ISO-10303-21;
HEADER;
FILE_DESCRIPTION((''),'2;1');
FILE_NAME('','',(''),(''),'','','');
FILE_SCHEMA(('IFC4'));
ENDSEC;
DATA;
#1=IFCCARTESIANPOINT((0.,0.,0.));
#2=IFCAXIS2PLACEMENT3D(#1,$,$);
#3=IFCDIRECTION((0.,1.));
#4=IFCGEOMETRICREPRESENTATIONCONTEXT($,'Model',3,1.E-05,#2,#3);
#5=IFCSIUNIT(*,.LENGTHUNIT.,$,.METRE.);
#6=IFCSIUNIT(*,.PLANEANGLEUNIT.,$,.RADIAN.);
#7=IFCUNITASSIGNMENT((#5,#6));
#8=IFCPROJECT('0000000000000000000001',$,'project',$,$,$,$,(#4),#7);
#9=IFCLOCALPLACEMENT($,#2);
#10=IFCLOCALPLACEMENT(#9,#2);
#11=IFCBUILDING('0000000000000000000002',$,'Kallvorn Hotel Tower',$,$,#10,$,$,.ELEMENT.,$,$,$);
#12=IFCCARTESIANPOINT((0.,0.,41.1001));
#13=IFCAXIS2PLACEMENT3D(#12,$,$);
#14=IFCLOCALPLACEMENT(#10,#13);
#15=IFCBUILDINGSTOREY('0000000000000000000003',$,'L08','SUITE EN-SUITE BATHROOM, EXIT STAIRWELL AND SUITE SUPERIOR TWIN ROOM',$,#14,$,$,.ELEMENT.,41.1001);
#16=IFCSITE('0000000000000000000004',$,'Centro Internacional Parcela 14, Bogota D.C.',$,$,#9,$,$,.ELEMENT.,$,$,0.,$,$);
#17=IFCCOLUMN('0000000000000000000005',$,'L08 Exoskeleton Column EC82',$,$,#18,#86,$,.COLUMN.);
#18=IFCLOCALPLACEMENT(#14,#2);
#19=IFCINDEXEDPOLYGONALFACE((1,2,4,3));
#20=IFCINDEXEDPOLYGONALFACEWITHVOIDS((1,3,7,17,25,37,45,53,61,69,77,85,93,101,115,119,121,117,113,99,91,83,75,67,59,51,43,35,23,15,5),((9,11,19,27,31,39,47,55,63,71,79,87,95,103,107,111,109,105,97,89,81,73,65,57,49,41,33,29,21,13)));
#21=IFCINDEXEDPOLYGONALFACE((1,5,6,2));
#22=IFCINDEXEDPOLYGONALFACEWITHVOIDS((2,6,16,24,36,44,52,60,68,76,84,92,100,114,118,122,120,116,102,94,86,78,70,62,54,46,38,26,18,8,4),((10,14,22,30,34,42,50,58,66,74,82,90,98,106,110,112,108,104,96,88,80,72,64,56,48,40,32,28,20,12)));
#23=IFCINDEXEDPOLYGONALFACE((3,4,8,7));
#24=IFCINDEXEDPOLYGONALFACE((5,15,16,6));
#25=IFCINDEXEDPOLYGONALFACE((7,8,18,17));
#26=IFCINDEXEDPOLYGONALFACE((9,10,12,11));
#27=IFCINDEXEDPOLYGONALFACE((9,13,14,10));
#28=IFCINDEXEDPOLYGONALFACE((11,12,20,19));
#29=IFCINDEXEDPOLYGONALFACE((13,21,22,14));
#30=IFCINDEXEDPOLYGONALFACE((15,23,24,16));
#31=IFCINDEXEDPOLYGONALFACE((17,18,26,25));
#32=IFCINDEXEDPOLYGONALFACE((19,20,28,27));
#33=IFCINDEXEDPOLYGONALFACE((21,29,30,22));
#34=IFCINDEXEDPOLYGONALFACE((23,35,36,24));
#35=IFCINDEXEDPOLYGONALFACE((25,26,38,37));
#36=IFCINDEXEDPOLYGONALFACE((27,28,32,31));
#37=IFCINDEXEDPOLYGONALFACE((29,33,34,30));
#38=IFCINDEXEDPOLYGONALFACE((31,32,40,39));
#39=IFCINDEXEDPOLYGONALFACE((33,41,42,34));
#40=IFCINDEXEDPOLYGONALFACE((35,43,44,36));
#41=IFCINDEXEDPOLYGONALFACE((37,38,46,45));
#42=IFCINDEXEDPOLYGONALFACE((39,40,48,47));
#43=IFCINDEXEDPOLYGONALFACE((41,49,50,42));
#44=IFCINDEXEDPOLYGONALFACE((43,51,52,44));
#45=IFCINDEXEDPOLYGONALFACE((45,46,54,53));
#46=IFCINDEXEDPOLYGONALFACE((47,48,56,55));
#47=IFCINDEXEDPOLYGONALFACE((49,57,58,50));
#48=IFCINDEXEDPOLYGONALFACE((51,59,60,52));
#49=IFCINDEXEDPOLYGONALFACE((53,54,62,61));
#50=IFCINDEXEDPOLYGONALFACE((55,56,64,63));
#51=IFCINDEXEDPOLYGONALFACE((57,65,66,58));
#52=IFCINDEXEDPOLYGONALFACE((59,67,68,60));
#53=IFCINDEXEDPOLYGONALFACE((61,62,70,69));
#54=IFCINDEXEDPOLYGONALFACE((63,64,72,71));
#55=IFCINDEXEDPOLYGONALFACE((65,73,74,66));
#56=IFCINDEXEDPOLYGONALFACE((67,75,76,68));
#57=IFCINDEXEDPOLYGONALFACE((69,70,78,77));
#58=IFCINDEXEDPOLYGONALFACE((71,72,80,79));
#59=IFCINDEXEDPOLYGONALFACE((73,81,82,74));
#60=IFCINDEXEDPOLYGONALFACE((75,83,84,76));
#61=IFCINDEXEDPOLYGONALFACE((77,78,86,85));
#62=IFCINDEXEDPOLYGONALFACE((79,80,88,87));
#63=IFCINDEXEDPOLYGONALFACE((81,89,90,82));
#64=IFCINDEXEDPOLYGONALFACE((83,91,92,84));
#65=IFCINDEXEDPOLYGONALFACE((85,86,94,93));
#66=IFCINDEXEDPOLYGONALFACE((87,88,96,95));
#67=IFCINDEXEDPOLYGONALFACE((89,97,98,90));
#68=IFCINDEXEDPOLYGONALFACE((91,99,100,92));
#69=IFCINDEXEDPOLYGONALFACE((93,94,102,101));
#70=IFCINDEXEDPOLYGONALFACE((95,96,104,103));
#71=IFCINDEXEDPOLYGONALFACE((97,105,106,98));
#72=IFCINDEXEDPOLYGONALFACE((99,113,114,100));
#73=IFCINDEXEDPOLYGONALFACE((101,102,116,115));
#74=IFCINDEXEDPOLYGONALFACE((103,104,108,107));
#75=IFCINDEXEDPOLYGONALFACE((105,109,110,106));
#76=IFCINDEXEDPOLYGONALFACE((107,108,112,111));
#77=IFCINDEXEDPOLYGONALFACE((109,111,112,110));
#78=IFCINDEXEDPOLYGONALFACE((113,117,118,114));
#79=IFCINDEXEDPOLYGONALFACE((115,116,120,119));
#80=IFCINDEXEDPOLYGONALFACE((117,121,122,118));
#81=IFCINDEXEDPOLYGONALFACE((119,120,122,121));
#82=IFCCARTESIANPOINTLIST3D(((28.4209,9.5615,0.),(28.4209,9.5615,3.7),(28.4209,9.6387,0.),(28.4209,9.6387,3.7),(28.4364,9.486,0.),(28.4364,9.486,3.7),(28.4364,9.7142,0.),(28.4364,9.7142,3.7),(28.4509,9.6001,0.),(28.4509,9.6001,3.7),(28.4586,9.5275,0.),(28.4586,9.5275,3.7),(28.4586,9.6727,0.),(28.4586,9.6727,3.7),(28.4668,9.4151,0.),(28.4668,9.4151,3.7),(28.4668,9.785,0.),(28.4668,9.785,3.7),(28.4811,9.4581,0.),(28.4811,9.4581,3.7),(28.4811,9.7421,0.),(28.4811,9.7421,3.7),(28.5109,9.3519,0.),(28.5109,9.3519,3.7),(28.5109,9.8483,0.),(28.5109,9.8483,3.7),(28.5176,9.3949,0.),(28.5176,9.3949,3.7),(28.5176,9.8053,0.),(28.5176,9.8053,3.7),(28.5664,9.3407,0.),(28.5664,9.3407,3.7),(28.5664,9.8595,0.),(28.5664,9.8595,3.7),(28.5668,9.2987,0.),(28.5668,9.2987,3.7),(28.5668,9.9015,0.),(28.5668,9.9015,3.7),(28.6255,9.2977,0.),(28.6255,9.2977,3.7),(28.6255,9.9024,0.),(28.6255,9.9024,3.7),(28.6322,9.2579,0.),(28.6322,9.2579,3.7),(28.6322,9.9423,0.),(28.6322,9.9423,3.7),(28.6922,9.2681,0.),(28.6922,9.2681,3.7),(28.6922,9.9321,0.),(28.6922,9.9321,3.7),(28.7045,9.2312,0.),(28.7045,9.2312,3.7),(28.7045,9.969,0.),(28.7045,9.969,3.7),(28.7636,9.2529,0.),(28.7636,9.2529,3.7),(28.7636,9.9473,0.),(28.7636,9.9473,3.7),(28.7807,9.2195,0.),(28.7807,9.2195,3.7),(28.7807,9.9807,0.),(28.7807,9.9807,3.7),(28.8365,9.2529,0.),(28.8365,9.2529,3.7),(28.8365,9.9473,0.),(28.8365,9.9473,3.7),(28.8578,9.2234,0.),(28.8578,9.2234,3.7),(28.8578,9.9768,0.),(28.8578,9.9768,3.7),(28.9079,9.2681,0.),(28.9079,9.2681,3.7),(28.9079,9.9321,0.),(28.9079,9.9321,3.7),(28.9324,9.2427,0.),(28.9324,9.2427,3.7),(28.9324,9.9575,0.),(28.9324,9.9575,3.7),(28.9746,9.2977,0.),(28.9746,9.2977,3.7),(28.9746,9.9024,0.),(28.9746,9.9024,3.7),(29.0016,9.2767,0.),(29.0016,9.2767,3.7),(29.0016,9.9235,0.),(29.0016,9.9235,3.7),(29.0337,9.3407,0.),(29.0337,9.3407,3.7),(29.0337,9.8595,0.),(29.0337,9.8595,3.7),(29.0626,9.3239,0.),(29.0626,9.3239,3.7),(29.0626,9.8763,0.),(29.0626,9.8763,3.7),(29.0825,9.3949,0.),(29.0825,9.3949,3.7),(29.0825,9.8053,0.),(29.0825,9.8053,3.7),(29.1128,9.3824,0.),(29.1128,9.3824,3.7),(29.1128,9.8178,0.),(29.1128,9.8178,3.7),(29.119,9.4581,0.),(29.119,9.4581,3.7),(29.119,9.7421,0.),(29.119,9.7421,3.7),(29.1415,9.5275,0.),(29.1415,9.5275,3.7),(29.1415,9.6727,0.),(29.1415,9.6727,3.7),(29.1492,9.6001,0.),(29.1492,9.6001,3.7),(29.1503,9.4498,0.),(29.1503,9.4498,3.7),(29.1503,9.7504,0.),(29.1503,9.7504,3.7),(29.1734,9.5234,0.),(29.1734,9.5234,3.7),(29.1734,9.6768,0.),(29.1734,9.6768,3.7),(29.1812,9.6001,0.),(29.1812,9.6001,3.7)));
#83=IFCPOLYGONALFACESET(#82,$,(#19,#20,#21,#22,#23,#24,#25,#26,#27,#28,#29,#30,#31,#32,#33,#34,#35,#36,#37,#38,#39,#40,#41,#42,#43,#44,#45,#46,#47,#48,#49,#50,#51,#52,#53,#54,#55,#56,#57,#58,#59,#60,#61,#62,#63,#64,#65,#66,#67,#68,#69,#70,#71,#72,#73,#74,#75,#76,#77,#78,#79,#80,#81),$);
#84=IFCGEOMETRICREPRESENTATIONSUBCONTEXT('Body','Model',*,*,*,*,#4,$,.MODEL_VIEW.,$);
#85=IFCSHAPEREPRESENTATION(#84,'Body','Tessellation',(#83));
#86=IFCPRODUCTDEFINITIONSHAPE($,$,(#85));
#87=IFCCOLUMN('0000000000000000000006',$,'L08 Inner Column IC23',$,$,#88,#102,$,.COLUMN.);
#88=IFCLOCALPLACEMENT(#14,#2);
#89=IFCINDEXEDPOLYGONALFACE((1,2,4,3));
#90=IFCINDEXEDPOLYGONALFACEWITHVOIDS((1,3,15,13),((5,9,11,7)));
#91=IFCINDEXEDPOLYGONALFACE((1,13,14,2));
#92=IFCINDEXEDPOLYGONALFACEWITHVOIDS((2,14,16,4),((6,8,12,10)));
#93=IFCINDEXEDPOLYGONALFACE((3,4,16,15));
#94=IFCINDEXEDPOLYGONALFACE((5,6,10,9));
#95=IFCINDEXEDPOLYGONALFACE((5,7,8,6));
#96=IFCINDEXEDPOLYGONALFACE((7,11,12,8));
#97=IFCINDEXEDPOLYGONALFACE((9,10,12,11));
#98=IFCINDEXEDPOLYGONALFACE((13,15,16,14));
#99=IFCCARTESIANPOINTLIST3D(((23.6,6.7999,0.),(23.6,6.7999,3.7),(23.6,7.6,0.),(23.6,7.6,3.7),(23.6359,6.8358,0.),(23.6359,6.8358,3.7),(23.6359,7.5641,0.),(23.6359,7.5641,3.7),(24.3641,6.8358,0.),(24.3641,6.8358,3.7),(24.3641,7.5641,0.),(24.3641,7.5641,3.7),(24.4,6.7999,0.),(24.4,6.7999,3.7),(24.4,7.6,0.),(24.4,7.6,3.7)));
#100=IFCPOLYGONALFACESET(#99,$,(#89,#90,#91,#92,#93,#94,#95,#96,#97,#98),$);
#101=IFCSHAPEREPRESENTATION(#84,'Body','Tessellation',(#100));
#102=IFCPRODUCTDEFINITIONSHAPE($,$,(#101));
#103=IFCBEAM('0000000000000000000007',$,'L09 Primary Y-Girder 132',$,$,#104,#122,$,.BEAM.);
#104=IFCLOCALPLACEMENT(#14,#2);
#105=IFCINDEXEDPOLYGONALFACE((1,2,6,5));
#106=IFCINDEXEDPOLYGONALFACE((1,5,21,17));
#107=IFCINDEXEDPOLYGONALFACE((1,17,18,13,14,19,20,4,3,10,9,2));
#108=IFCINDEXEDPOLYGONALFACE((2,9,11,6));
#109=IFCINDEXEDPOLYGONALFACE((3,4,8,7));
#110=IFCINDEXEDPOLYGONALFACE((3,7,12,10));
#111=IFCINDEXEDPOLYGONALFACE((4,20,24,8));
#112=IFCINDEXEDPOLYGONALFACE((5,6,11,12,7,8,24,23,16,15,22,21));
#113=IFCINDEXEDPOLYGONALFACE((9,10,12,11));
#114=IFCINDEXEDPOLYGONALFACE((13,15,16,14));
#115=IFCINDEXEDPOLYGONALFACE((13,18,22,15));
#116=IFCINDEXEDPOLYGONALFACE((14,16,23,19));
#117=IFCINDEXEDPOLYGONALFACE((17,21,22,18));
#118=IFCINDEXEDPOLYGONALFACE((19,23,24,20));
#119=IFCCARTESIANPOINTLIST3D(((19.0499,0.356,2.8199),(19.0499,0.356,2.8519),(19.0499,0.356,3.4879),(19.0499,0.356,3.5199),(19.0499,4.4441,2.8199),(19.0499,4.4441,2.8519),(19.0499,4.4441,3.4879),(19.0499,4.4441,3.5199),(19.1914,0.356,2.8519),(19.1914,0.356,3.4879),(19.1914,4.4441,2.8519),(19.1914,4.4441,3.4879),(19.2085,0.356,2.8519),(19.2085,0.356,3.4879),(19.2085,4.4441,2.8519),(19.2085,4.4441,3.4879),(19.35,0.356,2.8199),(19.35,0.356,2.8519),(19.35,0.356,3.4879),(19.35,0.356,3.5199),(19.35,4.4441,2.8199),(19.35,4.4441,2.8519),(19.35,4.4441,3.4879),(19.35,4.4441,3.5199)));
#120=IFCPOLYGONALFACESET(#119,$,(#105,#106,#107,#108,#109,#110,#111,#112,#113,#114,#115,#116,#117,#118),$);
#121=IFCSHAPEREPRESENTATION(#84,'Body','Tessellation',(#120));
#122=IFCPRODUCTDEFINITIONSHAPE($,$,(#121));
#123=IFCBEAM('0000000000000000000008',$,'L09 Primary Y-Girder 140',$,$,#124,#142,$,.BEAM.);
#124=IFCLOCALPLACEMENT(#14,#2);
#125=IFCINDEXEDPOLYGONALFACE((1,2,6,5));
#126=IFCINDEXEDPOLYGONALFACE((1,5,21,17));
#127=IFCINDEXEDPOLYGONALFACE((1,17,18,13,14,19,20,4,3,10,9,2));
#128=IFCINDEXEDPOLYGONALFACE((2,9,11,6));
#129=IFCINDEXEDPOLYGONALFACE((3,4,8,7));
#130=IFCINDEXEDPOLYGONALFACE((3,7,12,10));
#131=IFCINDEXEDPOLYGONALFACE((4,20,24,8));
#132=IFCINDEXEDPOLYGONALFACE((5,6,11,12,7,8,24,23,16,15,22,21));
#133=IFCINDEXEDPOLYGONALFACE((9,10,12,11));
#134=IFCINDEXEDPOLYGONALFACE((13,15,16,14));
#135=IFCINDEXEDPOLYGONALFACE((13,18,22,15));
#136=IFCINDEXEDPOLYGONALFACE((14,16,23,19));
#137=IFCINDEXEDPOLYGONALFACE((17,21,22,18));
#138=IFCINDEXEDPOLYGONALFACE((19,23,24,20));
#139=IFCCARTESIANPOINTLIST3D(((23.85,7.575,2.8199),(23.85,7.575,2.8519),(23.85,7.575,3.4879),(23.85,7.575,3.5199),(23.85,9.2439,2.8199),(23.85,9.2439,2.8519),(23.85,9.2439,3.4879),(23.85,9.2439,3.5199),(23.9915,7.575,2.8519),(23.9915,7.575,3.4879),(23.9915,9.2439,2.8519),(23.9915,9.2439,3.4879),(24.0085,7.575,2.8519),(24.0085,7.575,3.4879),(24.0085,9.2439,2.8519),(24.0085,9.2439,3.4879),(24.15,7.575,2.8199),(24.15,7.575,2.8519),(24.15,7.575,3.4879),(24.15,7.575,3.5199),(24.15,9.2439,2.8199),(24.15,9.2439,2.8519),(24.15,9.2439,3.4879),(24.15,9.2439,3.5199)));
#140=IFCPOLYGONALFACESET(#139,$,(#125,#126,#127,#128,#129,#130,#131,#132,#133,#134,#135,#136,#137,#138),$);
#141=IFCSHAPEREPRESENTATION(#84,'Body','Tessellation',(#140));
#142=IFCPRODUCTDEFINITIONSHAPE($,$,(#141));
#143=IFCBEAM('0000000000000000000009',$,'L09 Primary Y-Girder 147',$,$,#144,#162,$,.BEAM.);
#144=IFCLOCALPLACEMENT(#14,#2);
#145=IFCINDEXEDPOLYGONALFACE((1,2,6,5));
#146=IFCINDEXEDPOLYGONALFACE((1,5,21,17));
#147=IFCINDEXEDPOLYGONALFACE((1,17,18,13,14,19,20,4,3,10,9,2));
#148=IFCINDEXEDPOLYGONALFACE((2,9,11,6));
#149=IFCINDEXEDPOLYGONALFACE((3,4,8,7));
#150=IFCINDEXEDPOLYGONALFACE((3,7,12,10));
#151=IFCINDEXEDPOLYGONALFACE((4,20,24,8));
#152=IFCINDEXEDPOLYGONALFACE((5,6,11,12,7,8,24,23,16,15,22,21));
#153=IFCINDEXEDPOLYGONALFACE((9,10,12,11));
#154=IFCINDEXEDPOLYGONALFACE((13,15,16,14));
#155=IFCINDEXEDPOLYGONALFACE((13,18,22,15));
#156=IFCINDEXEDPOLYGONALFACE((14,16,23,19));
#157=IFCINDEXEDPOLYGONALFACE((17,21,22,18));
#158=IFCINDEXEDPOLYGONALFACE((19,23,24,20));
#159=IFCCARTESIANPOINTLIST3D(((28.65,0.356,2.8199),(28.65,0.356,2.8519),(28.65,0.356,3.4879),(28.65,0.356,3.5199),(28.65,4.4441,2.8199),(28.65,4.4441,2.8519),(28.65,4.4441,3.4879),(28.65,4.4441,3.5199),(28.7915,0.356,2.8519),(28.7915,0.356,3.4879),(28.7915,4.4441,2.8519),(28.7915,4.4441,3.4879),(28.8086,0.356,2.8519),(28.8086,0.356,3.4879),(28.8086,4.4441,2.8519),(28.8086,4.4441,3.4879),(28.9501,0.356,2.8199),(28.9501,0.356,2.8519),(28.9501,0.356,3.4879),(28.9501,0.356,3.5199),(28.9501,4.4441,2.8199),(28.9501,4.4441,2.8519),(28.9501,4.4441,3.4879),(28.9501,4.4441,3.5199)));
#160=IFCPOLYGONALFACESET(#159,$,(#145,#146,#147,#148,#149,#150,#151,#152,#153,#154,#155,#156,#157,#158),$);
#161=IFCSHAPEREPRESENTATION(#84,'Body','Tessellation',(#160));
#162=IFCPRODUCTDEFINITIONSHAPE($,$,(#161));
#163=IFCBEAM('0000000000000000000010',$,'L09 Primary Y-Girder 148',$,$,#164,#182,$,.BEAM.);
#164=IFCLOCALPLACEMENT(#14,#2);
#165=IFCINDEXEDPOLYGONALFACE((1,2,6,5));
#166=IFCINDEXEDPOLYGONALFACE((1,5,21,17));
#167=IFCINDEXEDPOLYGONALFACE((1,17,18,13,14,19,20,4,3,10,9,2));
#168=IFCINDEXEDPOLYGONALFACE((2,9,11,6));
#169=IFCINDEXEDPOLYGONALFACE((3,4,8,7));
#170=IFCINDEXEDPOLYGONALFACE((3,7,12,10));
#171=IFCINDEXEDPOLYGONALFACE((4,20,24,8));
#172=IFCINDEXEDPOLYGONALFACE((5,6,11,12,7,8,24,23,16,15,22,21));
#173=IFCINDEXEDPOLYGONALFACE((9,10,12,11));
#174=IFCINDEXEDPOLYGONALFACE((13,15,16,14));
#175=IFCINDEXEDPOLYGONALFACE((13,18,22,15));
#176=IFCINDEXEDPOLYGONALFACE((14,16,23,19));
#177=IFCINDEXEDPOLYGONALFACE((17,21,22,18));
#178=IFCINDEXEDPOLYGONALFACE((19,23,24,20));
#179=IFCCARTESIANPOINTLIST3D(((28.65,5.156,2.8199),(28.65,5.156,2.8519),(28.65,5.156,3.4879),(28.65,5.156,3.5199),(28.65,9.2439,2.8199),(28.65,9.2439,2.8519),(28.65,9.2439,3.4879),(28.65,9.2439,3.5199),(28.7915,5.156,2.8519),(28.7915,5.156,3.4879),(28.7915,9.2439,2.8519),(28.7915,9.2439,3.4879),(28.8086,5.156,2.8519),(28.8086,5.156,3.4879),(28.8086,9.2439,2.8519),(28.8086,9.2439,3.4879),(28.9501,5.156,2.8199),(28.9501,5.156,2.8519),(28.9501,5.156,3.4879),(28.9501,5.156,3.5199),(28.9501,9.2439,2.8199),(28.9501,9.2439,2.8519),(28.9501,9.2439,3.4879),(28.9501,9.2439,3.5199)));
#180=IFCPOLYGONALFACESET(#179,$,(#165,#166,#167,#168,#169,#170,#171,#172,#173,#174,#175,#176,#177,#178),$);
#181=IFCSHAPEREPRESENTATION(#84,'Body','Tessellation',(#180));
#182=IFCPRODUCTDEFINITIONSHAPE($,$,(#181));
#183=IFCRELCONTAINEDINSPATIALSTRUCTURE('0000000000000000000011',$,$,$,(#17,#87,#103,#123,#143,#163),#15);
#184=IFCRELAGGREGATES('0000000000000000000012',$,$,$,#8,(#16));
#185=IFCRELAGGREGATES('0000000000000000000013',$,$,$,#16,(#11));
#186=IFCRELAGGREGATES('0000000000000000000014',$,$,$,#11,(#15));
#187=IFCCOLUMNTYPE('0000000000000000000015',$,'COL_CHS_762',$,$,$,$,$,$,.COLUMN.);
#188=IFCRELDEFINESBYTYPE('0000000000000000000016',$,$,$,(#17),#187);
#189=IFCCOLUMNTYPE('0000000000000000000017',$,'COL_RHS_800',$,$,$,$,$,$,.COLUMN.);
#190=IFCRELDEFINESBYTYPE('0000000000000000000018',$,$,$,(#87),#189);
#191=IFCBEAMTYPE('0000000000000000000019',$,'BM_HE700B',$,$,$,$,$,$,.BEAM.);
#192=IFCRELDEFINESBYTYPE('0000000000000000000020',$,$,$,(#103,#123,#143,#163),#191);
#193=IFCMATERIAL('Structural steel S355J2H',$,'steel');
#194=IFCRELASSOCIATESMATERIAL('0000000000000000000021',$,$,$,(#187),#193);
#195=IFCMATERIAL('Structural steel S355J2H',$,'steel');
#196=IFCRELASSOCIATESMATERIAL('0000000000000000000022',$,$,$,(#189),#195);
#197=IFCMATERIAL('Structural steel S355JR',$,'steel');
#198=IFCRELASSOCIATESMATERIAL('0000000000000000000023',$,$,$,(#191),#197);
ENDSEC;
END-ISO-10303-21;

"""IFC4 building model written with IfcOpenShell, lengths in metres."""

from ifc_helpers import new_model, si_unit, direction, frame, origin, origin_2d, place, context, subcontext, project, spatial, hollow_rectangle, hollow_circle, i_section, extrude, material, material_profile, profile_set, type_object, element, save


model = new_model("IFC4")

# Units and contexts
model_context = context("Model", 3, precision=1e-05, world=origin(), true_north=direction((0.0, 1.0)))
body_context = subcontext(model_context, "Body", "Model", "MODEL_VIEW")
ifc_project = project(units=[si_unit("LENGTHUNIT", "METRE"), si_unit("PLANEANGLEUNIT", "RADIAN")], contexts=[model_context])

# Site, building, storey
site_placement = place(None, origin())
site = spatial("IfcSite", under=ifc_project, at=site_placement, Name="Centro Internacional Parcela 14, Bogota D.C.", CompositionType="ELEMENT", RefElevation=0.0)
building_placement = place(site_placement, origin())
building = spatial("IfcBuilding", under=site, at=building_placement, Name="Kallvorn Hotel Tower", CompositionType="ELEMENT")
storey_placement = place(building_placement, frame((0.0, 0.0, 41.1001)))
storey = spatial("IfcBuildingStorey", under=building, at=storey_placement, Name="L08", Description="SUITE EN-SUITE BATHROOM, EXIT STAIRWELL AND SUITE SUPERIOR TWIN ROOM", CompositionType="ELEMENT", Elevation=41.1001)

# Columns
ifc_material_1 = material(Name="Structural steel S355J2H", Category="steel")
ifc_material_profile_1 = material_profile(ifc_material_1, hollow_circle(Radius=0.3811, WallThickness=0.032, at=origin_2d()), Name="CHS 762x32")
ifc_profile_set_1 = profile_set([ifc_material_profile_1], Name="Structural steel S355J2H")
column_type_1 = type_object("IfcColumnType", Name="COL_CHS_762", PredefinedType="COLUMN", material=ifc_profile_set_1)
for number, where, z_axis, x_axis, name in (
    (1, (28.8, 9.6001, 0.0), (0.0, 0.0, 1.0), (1.0, 0.0, 0.0), "L08 Exoskeleton Column EC82"),
):
    element("IfcColumn", number, at=place(storey_placement, frame(where, z_axis=z_axis, x_axis=x_axis)), inside=storey, type_object=column_type_1, Name=name, PredefinedType="COLUMN", context=body_context, shape_type="SweptSolid", body=[
        extrude(hollow_circle(Radius=0.3811, WallThickness=0.032, at=origin_2d()), origin(), (0.0, 0.0, 1.0), 3.7),
    ])
ifc_material_2 = material(Name="Structural steel S355J2H", Category="steel")
ifc_material_profile_2 = material_profile(ifc_material_2, hollow_rectangle(XDim=0.8, YDim=0.8, WallThickness=0.0359, at=origin_2d()), Name="RHS 800x800x36")
ifc_profile_set_2 = profile_set([ifc_material_profile_2], Name="Structural steel S355J2H")
column_type_2 = type_object("IfcColumnType", Name="COL_RHS_800", PredefinedType="COLUMN", material=ifc_profile_set_2)
column_placement = place(storey_placement, frame((24.0, 7.2, 0.0), z_axis=(0.0, 0.0, 1.0), x_axis=(1.0, 0.0, 0.0)))
element("IfcColumn", 2, at=column_placement, inside=storey, type_object=column_type_2, Name="L08 Inner Column IC23", PredefinedType="COLUMN", context=body_context, shape_type="SweptSolid", body=[
    extrude(hollow_rectangle(XDim=0.8, YDim=0.8, WallThickness=0.0359, at=origin_2d()), origin(), (0.0, 0.0, 1.0), 3.7),
])

# Beams
ifc_material_3 = material(Name="Structural steel S355JR", Category="steel")
ifc_material_profile_3 = material_profile(ifc_material_3, i_section(OverallWidth=0.3, OverallDepth=0.7, WebThickness=0.0171, FlangeThickness=0.032, at=origin_2d()), Name="HE 700 B")
ifc_profile_set_3 = profile_set([ifc_material_profile_3], Name="Structural steel S355JR")
beam_type_1 = type_object("IfcBeamType", Name="BM_HE700B", PredefinedType="BEAM", material=ifc_profile_set_3)
beam_1_placement = place(storey_placement, frame((19.2, 0.356, 3.1699), z_axis=(0.0, 1.0, 0.0), x_axis=(-1.0, 0.0, 0.0)))
element("IfcBeam", 3, at=beam_1_placement, inside=storey, type_object=beam_type_1, Name="L09 Primary Y-Girder 132", PredefinedType="BEAM", context=body_context, shape_type="SweptSolid", body=[
    extrude(i_section(OverallWidth=0.3, OverallDepth=0.7, WebThickness=0.0171, FlangeThickness=0.032, at=origin_2d()), origin(), (0.0, 0.0, 1.0), 4.0881),
])
beam_2_placement = place(storey_placement, frame((24.0, 7.575, 3.1699), z_axis=(0.0, 1.0, 0.0), x_axis=(-1.0, 0.0, 0.0)))
element("IfcBeam", 4, at=beam_2_placement, inside=storey, type_object=beam_type_1, Name="L09 Primary Y-Girder 140", PredefinedType="BEAM", context=body_context, shape_type="SweptSolid", body=[
    extrude(i_section(OverallWidth=0.3, OverallDepth=0.7, WebThickness=0.0171, FlangeThickness=0.032, at=origin_2d()), origin(), (0.0, 0.0, 1.0), 1.6689),
])
beam_3_placement = place(storey_placement, frame((28.8, 0.356, 3.1699), z_axis=(0.0, 1.0, 0.0), x_axis=(-1.0, 0.0, 0.0)))
element("IfcBeam", 5, at=beam_3_placement, inside=storey, type_object=beam_type_1, Name="L09 Primary Y-Girder 147", PredefinedType="BEAM", context=body_context, shape_type="SweptSolid", body=[
    extrude(i_section(OverallWidth=0.3, OverallDepth=0.7, WebThickness=0.0171, FlangeThickness=0.032, at=origin_2d()), origin(), (0.0, 0.0, 1.0), 4.0881),
])
beam_4_placement = place(storey_placement, frame((28.8, 5.156, 3.1699), z_axis=(0.0, 1.0, 0.0), x_axis=(-1.0, 0.0, 0.0)))
element("IfcBeam", 6, at=beam_4_placement, inside=storey, type_object=beam_type_1, Name="L09 Primary Y-Girder 148", PredefinedType="BEAM", context=body_context, shape_type="SweptSolid", body=[
    extrude(i_section(OverallWidth=0.3, OverallDepth=0.7, WebThickness=0.0171, FlangeThickness=0.032, at=origin_2d()), origin(), (0.0, 0.0, 1.0), 4.0879),
])

save(model, "model.ifc")
